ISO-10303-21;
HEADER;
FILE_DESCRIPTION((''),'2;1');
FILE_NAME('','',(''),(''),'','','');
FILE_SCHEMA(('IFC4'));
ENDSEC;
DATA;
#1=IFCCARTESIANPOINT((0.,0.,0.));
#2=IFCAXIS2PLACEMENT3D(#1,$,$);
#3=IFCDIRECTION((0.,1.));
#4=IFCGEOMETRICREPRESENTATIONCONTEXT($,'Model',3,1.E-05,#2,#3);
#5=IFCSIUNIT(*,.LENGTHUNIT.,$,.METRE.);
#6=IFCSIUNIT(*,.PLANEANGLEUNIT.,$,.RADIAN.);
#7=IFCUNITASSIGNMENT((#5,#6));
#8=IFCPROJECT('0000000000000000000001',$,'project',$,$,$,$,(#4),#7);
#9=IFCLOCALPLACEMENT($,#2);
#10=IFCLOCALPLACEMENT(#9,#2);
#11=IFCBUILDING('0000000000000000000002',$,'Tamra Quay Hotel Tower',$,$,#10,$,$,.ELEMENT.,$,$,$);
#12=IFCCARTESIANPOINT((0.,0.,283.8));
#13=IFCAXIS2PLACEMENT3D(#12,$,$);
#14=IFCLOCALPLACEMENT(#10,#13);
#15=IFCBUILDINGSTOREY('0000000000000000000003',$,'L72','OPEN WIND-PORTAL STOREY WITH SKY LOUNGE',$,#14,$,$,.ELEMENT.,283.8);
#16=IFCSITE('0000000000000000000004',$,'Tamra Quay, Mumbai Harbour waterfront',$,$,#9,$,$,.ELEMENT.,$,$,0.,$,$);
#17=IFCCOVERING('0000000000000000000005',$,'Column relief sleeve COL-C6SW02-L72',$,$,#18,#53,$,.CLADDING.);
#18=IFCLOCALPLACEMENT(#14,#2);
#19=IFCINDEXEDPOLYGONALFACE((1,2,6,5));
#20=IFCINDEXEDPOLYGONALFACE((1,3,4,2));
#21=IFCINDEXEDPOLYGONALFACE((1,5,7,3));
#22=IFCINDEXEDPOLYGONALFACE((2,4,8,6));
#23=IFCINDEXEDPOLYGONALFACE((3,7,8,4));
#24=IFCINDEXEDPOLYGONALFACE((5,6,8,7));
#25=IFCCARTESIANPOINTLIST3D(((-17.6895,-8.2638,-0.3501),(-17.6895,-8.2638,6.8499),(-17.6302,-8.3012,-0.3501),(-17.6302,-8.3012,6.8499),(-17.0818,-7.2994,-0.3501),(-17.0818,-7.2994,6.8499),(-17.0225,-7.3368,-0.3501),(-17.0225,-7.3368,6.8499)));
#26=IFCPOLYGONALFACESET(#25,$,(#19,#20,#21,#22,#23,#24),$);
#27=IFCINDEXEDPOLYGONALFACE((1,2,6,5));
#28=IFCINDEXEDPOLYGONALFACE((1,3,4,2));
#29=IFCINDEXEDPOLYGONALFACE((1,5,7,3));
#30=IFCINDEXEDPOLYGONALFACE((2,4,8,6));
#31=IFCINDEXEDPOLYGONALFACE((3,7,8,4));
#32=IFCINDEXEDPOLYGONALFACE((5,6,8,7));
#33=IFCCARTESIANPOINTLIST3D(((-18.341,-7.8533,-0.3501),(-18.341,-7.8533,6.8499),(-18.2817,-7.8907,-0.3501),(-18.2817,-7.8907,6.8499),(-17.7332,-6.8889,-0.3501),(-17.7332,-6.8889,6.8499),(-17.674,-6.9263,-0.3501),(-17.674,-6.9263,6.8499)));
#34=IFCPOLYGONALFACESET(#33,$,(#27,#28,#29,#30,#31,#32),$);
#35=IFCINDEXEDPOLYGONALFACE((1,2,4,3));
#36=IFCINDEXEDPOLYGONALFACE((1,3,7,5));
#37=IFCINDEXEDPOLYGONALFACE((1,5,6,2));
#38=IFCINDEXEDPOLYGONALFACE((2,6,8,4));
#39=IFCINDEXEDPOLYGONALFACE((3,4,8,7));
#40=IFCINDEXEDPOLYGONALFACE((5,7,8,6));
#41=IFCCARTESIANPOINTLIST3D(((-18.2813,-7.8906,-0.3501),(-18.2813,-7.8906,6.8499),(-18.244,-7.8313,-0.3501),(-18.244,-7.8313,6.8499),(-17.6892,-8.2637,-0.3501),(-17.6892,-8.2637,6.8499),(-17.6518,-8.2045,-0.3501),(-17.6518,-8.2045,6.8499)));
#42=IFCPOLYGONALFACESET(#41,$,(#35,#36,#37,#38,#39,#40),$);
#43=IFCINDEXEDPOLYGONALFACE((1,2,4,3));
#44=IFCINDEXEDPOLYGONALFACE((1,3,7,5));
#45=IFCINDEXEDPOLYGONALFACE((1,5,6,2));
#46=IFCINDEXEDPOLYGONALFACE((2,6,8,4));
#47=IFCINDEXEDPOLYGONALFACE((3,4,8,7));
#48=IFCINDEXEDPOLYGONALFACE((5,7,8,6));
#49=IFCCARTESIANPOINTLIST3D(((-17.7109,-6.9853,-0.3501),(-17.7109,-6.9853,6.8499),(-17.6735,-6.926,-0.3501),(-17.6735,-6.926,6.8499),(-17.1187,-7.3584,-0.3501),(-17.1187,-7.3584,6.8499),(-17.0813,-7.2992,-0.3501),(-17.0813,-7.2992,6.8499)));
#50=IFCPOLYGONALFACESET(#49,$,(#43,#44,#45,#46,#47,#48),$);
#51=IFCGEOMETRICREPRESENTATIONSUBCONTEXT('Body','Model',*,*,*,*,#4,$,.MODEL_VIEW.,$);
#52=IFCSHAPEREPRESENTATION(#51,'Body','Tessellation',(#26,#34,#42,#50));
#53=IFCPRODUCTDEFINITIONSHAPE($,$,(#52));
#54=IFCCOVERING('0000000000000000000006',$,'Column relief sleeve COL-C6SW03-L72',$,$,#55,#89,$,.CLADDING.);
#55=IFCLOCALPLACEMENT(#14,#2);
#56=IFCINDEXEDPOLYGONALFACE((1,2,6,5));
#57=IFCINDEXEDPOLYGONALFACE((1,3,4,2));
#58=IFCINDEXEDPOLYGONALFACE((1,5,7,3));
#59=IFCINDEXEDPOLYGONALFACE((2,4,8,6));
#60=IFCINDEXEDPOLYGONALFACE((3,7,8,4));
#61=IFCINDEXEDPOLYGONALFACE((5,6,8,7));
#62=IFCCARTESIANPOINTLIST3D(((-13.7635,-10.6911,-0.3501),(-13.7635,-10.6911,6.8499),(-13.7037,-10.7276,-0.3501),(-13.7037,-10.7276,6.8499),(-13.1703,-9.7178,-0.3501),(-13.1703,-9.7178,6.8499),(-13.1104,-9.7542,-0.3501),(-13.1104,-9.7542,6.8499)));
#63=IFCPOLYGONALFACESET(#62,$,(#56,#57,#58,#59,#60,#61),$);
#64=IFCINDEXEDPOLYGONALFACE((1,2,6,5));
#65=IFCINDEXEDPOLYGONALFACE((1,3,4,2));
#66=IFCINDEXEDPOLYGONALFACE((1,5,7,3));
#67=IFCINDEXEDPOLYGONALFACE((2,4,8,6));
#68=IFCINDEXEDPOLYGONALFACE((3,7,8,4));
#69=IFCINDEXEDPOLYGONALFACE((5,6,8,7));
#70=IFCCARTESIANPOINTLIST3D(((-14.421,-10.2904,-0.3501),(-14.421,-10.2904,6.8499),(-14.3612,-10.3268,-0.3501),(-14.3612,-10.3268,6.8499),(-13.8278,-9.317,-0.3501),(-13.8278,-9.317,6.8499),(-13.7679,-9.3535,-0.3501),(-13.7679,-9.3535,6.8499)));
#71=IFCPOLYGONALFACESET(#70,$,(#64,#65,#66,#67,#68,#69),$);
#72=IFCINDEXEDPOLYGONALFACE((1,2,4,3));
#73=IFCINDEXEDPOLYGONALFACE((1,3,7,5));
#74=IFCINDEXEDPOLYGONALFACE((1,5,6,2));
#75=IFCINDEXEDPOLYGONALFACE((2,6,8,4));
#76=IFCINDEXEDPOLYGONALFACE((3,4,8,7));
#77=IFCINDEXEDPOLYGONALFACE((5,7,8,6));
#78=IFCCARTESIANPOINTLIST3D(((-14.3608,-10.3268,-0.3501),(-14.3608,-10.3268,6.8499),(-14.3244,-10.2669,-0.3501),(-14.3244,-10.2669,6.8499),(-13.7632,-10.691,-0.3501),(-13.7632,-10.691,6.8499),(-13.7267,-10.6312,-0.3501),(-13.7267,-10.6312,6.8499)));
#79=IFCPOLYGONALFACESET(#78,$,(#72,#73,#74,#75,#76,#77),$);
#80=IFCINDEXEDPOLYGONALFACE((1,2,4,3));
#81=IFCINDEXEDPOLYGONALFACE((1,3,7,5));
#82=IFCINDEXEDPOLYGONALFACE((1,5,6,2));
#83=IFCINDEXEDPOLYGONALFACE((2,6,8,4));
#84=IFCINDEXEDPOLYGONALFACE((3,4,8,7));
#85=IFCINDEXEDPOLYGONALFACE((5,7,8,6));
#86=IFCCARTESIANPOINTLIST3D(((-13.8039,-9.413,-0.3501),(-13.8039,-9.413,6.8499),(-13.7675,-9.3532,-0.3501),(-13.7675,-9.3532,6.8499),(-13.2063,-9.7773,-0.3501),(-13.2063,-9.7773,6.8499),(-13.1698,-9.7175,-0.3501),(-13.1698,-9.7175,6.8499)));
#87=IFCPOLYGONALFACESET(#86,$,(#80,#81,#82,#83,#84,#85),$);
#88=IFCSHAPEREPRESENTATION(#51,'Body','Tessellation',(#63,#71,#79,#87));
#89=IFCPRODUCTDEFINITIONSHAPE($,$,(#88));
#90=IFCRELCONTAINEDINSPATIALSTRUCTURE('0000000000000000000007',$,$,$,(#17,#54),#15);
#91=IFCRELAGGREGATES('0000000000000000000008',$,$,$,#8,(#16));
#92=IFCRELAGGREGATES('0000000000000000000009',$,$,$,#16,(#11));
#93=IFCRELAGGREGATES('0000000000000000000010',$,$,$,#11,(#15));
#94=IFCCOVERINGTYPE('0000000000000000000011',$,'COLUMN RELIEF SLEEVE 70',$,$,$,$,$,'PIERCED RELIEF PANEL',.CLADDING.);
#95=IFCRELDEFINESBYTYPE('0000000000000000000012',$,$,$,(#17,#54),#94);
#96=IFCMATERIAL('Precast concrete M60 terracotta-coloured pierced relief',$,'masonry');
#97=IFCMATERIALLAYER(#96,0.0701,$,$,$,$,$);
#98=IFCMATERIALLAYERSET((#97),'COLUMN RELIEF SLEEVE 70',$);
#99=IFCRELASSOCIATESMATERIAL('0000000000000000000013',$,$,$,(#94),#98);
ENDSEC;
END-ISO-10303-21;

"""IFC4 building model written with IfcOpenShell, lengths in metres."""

from ifc_helpers import new_model, si_unit, direction, frame, frame_2d, origin, place, context, subcontext, project, spatial, rectangle, extrude, source, transform, mapped, material, layer, layer_set, type_object, element, save


model = new_model("IFC4")

# Units and contexts
model_context = context("Model", 3, precision=1e-05, world=origin(), true_north=direction((0.0, 1.0)))
body_context = subcontext(model_context, "Body", "Model", "MODEL_VIEW")
ifc_project = project(units=[si_unit("LENGTHUNIT", "METRE"), si_unit("PLANEANGLEUNIT", "RADIAN")], contexts=[model_context])

# Site, building, storey
site_placement = place(None, origin())
site = spatial("IfcSite", under=ifc_project, at=site_placement, Name="Tamra Quay, Mumbai Harbour waterfront", CompositionType="ELEMENT", RefElevation=0.0)
building_placement = place(site_placement, origin())
building = spatial("IfcBuilding", under=site, at=building_placement, Name="Tamra Quay Hotel Tower", CompositionType="ELEMENT")
storey_placement = place(building_placement, frame((0.0, 0.0, 283.8)))
storey = spatial("IfcBuildingStorey", under=building, at=storey_placement, Name="L72", Description="OPEN WIND-PORTAL STOREY WITH SKY LOUNGE", CompositionType="ELEMENT", Elevation=283.8)

# Shared definitions
ifc_material_1 = material(Name="Precast concrete M60 terracotta-coloured pierced relief", Category="masonry")

# Coverings
ifc_layer_1 = layer(ifc_material_1, 0.0701)
ifc_layer_set_1 = layer_set([ifc_layer_1], Name="COLUMN RELIEF SLEEVE 70")
covering_type_1 = type_object("IfcCoveringType", Name="COLUMN RELIEF SLEEVE 70", ElementType="PIERCED RELIEF PANEL", PredefinedType="CLADDING", material=ifc_layer_set_1)
shared_shape = source(origin(), body_context, "Body", "SweptSolid", [
    extrude(rectangle(XDim=1.1399, YDim=0.0701, at=frame_2d((0.5698, 0.0352))), frame((-0.5701, -0.4199, 0.0)), (0.0, 0.0, 1.0), 7.2),
    extrude(rectangle(XDim=1.1399, YDim=0.0701, at=frame_2d((0.5698, 0.0352))), frame((-0.5701, 0.3501, 0.0)), (0.0, 0.0, 1.0), 7.2),
    extrude(rectangle(XDim=0.0701, YDim=0.7, at=frame_2d((0.0352, 0.3501))), frame((-0.5701, -0.3501, 0.0)), (0.0, 0.0, 1.0), 7.2),
    extrude(rectangle(XDim=0.0701, YDim=0.7, at=frame_2d((0.0352, 0.3501))), frame((0.5, -0.3501, 0.0)), (0.0, 0.0, 1.0), 7.2),
])
for number, where, z_axis, x_axis, name in (
    (1, (-17.6814, -7.595, -0.3501), (0.0, 0.0, 1.0), (0.533133, 0.846031, 0.0), "Column relief sleeve COL-C6SW02-L72"),
    (2, (-13.7654, -10.0222, -0.3501), (0.0, 0.0, 1.0), (0.52043, 0.853904, 0.0), "Column relief sleeve COL-C6SW03-L72"),
):
    element("IfcCovering", number, at=place(storey_placement, frame(where, z_axis=z_axis, x_axis=x_axis)), inside=storey, type_object=covering_type_1, Name=name, PredefinedType="CLADDING", context=body_context, shape_type="MappedRepresentation", body=[
        mapped(shared_shape, transform((0.0, 0.0, 0.0), scale=1.0)),
    ])

save(model, "model.ifc")
